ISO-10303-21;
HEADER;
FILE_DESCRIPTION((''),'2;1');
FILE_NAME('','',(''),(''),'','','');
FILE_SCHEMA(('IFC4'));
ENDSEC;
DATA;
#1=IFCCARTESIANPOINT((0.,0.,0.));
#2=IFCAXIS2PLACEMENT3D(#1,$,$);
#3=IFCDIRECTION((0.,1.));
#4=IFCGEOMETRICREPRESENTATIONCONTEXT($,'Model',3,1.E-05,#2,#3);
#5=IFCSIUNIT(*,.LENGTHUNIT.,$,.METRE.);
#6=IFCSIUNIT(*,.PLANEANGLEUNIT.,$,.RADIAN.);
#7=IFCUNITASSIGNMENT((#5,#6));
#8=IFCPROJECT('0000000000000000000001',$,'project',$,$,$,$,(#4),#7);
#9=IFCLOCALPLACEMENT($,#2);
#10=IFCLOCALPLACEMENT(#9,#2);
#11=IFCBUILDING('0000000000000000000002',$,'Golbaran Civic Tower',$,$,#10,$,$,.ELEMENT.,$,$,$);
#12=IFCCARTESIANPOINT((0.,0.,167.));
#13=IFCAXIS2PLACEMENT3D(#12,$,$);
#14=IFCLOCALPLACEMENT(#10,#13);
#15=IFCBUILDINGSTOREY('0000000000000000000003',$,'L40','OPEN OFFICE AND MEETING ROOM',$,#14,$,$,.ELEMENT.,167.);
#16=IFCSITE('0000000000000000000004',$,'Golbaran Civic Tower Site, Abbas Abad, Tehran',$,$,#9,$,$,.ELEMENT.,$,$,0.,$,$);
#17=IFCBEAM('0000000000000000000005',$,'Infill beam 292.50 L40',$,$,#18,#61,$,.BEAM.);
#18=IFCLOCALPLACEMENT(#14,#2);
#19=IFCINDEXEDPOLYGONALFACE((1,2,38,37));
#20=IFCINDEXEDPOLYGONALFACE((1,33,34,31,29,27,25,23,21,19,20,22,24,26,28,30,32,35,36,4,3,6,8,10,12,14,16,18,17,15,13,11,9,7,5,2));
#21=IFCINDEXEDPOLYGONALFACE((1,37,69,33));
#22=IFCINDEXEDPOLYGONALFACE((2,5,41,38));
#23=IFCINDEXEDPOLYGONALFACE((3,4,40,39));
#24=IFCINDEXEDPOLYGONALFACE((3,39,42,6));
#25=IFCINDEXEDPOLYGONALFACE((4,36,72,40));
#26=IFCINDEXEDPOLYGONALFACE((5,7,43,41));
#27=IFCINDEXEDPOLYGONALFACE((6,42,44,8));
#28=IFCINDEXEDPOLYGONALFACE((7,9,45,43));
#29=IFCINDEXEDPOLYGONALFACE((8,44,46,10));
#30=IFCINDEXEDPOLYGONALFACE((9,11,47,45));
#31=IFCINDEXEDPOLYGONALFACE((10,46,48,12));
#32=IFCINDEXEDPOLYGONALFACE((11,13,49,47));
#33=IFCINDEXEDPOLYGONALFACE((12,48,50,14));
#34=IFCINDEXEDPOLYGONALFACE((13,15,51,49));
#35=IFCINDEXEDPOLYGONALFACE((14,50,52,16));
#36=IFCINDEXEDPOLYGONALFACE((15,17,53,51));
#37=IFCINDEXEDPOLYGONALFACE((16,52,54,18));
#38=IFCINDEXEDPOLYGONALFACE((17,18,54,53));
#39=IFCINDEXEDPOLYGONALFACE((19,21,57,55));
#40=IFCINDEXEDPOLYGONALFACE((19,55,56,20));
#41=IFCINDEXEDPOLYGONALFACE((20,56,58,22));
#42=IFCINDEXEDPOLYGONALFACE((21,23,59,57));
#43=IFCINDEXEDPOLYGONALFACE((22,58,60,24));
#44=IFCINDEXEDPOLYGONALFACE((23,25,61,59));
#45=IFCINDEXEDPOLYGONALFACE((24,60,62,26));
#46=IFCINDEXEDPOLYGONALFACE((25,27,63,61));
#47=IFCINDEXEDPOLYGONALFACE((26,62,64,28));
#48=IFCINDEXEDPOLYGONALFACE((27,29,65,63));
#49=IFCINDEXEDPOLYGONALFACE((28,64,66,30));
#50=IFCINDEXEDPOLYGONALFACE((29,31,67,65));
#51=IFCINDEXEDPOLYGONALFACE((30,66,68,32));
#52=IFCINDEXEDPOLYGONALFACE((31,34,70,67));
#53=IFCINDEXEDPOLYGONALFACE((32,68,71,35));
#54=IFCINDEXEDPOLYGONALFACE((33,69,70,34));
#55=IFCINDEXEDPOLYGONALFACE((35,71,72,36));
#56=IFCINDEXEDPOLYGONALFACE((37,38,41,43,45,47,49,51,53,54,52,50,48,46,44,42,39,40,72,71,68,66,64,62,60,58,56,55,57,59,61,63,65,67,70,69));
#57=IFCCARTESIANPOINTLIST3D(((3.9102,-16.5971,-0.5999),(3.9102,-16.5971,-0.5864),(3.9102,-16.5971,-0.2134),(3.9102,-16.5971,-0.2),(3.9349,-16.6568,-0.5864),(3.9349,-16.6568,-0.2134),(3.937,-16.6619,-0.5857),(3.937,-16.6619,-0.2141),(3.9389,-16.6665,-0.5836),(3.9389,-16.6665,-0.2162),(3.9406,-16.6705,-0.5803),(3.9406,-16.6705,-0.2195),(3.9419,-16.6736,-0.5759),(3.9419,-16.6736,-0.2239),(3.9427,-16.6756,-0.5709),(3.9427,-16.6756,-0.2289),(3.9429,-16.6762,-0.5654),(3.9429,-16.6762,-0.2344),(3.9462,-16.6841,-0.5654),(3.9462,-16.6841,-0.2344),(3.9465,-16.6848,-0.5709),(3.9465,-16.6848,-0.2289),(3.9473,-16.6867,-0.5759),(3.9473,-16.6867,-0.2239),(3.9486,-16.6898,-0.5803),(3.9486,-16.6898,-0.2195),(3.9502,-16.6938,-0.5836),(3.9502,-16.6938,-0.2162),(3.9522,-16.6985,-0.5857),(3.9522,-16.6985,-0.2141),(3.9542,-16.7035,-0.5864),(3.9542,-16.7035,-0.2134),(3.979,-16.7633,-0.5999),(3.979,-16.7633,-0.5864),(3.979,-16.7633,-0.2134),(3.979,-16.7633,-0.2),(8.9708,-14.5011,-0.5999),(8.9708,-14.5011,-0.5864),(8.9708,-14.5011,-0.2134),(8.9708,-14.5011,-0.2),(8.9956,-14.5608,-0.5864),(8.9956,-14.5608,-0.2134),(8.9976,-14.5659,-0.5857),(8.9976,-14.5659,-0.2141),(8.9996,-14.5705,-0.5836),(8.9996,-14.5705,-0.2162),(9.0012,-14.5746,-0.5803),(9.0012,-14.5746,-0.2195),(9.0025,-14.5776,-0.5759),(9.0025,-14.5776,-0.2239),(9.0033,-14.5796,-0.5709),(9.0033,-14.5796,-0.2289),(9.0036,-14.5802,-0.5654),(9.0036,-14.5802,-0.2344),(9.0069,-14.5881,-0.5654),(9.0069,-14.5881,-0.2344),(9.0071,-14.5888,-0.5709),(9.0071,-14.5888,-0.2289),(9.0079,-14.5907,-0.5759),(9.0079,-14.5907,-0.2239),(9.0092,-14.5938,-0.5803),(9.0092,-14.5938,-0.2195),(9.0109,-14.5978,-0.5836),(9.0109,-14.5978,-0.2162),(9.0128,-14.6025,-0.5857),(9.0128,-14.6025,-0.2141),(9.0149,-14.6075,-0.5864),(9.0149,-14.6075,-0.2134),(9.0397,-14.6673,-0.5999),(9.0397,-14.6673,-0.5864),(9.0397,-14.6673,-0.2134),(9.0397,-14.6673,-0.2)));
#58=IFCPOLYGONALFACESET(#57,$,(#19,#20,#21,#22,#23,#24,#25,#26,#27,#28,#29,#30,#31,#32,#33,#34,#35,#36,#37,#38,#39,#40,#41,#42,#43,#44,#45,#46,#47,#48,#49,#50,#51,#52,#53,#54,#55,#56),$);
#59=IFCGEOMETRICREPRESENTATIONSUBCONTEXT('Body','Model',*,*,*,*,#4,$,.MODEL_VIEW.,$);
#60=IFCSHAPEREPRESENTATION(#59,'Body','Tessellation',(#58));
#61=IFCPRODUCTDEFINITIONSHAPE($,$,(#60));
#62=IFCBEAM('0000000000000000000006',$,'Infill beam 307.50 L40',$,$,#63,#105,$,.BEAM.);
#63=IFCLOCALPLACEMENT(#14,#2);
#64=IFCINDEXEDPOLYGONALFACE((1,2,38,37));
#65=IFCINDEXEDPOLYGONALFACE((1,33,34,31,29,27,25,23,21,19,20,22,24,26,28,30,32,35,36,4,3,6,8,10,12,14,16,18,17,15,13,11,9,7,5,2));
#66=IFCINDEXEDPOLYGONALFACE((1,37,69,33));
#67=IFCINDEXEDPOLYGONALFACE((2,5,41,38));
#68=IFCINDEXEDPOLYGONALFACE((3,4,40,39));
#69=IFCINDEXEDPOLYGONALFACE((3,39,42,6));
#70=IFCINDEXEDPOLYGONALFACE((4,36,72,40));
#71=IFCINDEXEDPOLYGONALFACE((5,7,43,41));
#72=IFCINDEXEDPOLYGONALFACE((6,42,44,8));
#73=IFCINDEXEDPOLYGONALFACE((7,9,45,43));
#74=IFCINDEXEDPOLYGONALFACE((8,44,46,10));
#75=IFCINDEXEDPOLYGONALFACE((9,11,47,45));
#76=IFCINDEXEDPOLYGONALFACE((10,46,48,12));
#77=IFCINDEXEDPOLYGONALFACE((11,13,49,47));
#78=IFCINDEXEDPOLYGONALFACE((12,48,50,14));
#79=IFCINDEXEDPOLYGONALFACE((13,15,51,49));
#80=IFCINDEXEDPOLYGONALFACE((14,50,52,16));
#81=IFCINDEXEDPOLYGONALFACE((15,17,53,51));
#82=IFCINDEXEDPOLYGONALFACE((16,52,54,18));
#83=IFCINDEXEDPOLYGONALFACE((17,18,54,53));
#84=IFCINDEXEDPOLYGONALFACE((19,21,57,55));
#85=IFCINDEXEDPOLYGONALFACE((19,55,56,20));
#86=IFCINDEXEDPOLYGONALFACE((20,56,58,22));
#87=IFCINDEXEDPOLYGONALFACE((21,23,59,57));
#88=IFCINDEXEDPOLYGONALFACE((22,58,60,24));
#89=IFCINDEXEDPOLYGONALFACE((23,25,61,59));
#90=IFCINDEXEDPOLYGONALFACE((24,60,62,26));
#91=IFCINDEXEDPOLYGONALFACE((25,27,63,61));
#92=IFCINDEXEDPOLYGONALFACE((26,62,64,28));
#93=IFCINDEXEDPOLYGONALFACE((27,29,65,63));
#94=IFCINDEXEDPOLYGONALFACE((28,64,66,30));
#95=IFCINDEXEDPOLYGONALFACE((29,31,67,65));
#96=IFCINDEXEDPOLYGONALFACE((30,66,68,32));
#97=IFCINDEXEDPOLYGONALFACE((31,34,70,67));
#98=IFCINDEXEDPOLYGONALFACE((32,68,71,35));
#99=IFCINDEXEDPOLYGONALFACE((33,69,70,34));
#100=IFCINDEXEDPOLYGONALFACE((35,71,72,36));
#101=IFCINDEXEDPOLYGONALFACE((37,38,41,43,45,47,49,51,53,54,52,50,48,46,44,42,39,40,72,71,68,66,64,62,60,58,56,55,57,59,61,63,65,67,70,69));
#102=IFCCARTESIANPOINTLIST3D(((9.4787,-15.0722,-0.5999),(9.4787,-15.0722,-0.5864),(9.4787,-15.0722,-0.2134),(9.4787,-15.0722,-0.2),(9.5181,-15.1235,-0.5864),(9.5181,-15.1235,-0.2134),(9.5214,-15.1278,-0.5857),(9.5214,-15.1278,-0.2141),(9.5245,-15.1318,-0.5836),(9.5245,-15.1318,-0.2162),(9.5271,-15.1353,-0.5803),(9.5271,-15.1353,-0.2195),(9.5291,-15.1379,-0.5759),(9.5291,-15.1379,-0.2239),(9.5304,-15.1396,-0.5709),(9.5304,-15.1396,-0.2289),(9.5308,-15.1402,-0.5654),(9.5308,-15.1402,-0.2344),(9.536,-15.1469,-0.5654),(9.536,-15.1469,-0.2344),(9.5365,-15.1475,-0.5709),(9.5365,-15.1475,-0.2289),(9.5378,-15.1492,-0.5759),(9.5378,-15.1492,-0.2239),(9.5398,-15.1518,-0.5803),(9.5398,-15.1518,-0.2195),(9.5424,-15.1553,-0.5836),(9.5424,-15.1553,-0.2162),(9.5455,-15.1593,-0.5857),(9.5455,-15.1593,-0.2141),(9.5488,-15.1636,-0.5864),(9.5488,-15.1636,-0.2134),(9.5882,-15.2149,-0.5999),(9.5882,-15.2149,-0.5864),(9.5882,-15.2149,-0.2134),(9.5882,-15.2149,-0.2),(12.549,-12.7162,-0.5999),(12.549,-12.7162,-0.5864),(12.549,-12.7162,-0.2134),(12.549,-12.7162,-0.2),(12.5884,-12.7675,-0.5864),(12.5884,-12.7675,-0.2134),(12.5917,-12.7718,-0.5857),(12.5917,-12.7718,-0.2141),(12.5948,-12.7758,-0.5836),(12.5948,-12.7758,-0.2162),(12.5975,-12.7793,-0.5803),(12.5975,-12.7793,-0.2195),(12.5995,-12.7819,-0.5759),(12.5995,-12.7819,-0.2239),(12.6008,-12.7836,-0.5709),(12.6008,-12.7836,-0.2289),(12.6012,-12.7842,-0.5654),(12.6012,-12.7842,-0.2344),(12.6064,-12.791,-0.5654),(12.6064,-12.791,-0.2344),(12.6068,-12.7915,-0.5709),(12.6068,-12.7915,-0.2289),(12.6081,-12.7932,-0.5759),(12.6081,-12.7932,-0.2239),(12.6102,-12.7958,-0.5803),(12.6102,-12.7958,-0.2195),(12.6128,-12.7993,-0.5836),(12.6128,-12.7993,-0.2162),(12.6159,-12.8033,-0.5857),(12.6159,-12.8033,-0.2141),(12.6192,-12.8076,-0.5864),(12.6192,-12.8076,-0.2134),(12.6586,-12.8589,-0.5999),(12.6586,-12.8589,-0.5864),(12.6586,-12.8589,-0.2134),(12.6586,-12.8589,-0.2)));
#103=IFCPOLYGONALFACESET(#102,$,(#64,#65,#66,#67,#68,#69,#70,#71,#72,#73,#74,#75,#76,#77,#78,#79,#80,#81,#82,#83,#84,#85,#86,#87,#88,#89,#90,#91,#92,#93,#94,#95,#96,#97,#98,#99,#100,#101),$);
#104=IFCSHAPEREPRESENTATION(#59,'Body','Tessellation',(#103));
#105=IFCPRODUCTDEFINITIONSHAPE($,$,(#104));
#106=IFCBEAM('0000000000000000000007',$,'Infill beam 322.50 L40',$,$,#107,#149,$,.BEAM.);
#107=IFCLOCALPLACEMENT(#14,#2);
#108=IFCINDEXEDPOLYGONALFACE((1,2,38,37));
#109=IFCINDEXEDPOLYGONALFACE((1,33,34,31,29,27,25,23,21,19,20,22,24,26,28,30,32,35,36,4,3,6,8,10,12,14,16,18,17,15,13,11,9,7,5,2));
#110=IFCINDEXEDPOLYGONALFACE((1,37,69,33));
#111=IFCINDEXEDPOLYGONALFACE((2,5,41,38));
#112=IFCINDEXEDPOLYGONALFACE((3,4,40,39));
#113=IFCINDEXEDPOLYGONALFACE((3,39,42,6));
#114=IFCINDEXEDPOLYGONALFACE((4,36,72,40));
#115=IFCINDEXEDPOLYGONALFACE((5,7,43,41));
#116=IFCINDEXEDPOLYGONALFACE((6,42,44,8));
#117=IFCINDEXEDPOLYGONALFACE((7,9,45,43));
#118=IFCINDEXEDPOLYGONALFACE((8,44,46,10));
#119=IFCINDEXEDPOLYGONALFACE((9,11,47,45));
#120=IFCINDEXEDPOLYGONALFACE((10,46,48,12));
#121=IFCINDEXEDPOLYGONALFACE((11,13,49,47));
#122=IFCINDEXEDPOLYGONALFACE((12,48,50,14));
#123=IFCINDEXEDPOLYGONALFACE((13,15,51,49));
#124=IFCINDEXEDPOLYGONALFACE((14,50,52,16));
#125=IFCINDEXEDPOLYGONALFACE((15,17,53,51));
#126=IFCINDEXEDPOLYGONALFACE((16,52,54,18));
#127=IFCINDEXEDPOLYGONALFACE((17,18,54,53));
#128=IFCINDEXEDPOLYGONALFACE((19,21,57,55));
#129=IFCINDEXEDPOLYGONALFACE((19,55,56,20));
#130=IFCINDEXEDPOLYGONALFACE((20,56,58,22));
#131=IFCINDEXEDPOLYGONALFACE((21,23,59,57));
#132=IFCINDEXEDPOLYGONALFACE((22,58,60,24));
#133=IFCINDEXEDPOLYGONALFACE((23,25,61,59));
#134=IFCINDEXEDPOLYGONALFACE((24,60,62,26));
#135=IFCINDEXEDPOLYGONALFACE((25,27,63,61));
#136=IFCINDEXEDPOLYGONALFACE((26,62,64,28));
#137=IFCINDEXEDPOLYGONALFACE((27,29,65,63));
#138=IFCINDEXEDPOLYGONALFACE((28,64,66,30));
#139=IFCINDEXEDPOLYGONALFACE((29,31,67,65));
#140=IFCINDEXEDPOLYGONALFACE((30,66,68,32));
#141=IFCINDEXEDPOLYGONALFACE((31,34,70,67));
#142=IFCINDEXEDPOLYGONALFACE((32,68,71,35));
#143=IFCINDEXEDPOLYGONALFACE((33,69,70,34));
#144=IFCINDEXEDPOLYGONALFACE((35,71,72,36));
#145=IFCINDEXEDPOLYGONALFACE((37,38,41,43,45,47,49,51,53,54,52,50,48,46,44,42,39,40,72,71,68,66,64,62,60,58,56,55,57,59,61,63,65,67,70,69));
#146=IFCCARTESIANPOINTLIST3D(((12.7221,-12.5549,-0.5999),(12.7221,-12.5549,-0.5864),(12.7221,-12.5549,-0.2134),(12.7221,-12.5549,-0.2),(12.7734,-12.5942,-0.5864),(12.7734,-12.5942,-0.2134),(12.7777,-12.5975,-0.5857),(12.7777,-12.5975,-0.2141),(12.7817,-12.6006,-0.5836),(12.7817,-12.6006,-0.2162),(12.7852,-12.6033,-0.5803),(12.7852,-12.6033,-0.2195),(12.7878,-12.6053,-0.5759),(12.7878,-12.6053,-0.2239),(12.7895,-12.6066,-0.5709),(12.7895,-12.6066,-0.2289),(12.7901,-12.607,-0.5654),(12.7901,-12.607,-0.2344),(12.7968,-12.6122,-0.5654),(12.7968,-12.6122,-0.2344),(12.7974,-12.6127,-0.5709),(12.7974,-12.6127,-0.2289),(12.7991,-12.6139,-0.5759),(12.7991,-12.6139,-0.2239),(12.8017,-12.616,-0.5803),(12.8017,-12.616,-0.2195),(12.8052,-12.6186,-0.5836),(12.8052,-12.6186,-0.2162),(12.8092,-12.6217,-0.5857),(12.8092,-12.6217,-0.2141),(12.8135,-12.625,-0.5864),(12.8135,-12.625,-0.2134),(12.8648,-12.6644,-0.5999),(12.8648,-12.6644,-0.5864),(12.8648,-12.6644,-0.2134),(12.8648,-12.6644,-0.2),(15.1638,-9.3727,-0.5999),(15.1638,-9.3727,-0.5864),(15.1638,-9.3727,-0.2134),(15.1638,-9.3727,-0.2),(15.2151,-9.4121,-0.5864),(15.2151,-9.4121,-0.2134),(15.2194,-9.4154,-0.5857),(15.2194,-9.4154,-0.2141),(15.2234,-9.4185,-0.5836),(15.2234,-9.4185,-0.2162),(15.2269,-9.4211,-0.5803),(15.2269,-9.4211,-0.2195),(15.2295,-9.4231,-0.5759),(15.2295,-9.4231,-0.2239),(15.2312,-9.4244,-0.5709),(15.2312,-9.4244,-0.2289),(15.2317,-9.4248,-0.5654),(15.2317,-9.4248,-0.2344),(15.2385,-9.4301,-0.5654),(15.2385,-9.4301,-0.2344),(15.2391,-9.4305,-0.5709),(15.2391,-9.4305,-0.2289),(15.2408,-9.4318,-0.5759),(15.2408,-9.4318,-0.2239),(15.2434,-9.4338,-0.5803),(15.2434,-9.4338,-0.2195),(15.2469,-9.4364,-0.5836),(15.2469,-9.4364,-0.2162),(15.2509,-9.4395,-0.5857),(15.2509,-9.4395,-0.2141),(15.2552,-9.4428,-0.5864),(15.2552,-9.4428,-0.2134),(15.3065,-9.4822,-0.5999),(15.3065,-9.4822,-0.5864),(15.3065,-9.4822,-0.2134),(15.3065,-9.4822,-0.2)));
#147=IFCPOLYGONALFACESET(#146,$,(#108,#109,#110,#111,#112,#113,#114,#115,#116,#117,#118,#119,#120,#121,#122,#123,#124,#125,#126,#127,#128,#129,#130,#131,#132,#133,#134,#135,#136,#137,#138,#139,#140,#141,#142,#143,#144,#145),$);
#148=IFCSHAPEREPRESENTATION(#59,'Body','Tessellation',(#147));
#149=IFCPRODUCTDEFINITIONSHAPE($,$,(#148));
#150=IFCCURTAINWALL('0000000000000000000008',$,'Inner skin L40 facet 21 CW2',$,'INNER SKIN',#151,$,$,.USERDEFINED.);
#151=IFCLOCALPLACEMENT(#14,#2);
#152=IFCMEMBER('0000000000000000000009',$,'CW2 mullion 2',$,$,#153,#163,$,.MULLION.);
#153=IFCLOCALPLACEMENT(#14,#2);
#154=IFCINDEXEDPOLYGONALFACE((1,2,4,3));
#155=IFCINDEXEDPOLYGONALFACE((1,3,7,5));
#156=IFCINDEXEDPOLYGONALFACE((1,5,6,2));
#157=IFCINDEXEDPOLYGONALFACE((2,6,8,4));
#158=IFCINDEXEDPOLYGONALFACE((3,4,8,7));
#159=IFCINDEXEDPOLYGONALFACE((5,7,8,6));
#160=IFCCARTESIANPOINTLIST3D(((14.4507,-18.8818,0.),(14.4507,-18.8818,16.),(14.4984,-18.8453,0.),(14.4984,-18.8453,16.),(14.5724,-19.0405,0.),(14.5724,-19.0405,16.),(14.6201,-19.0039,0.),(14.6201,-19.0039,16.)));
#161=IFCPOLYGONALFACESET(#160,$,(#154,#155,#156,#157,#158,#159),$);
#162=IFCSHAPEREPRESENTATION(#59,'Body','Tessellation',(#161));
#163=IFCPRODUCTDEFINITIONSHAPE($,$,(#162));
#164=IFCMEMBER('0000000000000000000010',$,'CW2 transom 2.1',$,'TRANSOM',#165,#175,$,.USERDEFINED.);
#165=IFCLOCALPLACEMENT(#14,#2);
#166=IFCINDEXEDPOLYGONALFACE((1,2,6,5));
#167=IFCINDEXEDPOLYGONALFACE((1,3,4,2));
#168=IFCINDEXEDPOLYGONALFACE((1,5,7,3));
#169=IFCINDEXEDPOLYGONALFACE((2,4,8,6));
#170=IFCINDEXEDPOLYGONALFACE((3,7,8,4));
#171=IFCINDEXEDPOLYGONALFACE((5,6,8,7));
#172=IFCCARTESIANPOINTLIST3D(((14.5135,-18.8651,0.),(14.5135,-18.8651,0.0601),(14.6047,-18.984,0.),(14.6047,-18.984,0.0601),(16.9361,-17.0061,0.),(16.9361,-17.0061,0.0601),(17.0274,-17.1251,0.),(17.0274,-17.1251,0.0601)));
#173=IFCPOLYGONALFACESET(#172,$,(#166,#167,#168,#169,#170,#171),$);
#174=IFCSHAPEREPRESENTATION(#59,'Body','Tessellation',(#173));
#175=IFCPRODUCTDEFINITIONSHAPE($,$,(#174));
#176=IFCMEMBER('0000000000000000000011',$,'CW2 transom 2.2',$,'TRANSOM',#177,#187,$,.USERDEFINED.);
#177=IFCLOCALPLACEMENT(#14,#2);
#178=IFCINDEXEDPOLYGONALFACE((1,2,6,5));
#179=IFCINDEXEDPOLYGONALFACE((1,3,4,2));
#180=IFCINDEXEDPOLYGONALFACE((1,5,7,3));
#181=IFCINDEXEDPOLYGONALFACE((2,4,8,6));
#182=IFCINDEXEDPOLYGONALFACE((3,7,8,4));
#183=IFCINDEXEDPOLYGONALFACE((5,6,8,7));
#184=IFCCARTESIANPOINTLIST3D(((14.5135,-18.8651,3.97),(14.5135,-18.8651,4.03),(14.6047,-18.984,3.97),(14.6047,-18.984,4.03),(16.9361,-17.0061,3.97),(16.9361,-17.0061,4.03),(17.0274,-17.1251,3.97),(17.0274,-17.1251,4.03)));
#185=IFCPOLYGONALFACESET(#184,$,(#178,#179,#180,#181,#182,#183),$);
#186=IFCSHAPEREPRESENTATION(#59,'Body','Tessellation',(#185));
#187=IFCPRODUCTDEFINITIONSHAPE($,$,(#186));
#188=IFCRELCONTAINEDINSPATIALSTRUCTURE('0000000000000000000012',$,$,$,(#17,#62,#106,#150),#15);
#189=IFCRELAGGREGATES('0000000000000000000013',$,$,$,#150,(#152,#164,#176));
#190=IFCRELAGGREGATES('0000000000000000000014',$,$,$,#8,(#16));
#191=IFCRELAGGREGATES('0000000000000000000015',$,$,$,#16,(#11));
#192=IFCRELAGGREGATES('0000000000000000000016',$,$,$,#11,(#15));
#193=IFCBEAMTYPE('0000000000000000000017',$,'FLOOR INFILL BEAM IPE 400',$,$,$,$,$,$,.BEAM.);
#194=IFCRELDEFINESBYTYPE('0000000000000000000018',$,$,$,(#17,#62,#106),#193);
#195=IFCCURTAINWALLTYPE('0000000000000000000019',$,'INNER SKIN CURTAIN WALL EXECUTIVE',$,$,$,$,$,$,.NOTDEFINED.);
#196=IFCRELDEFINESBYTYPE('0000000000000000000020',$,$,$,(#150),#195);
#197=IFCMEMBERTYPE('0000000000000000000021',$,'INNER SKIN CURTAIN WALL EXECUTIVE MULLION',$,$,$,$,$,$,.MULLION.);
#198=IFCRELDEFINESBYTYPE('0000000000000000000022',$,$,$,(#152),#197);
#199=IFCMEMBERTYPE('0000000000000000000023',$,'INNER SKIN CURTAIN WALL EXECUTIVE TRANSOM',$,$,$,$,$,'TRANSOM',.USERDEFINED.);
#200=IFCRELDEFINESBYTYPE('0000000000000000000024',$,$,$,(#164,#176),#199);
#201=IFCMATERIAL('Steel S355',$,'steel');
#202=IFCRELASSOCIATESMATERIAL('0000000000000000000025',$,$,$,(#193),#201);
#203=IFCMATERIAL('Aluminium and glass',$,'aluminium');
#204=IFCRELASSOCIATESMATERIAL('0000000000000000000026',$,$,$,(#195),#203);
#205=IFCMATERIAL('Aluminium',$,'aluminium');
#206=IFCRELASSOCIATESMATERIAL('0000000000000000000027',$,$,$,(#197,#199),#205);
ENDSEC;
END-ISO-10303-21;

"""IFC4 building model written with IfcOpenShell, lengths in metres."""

from ifc_helpers import new_model, si_unit, direction, frame, origin, origin_2d, place, context, subcontext, project, spatial, rectangle, i_section, extrude, material, material_profile, profile_set, type_object, element, aggregate, save


model = new_model("IFC4")

# Units and contexts
model_context = context("Model", 3, precision=1e-05, world=origin(), true_north=direction((0.0, 1.0)))
body_context = subcontext(model_context, "Body", "Model", "MODEL_VIEW")
ifc_project = project(units=[si_unit("LENGTHUNIT", "METRE"), si_unit("PLANEANGLEUNIT", "RADIAN")], contexts=[model_context])

# Site, building, storey
site_placement = place(None, origin())
site = spatial("IfcSite", under=ifc_project, at=site_placement, Name="Golbaran Civic Tower Site, Abbas Abad, Tehran", CompositionType="ELEMENT", RefElevation=0.0)
building_placement = place(site_placement, origin())
building = spatial("IfcBuilding", under=site, at=building_placement, Name="Golbaran Civic Tower", CompositionType="ELEMENT")
storey_placement = place(building_placement, frame((0.0, 0.0, 167.0)))
storey = spatial("IfcBuildingStorey", under=building, at=storey_placement, Name="L40", Description="OPEN OFFICE AND MEETING ROOM", CompositionType="ELEMENT", Elevation=167.0)

# Beams
ifc_material_1 = material(Name="Steel S355", Category="steel")
ifc_material_profile_1 = material_profile(ifc_material_1, i_section(OverallWidth=0.1799, OverallDepth=0.3999, WebThickness=0.0085, FlangeThickness=0.0134, FilletRadius=0.021, at=origin_2d()), Name="IPE 400")
ifc_profile_set_1 = profile_set([ifc_material_profile_1], Name="Steel S355")
beam_type = type_object("IfcBeamType", Name="FLOOR INFILL BEAM IPE 400", PredefinedType="BEAM", material=ifc_profile_set_1)
beam_1_placement = place(storey_placement, frame((3.9446, -16.6802, -0.3999), z_axis=(0.923892, 0.382652, 0.0), x_axis=(-0.382652, 0.923892, 0.0)))
element("IfcBeam", 1, at=beam_1_placement, inside=storey, type_object=beam_type, Name="Infill beam 292.50 L40", PredefinedType="BEAM", context=body_context, shape_type="SweptSolid", body=[
    extrude(i_section(OverallWidth=0.1799, OverallDepth=0.3999, WebThickness=0.0085, FlangeThickness=0.0134, FilletRadius=0.021, at=origin_2d()), origin(), (0.0, 0.0, 1.0), 5.4775),
])
beam_2_placement = place(storey_placement, frame((9.5334, -15.1436, -0.3999), z_axis=(0.79335, 0.608765, 0.0), x_axis=(-0.608765, 0.79335, 0.0)))
element("IfcBeam", 2, at=beam_2_placement, inside=storey, type_object=beam_type, Name="Infill beam 307.50 L40", PredefinedType="BEAM", context=body_context, shape_type="SweptSolid", body=[
    extrude(i_section(OverallWidth=0.1799, OverallDepth=0.3999, WebThickness=0.0085, FlangeThickness=0.0134, FilletRadius=0.021, at=origin_2d()), origin(), (0.0, 0.0, 1.0), 3.8701),
])
beam_3_placement = place(storey_placement, frame((12.7935, -12.6096, -0.3999), z_axis=(0.608748, 0.793363, 0.0), x_axis=(-0.793363, 0.608748, 0.0)))
element("IfcBeam", 3, at=beam_3_placement, inside=storey, type_object=beam_type, Name="Infill beam 322.50 L40", PredefinedType="BEAM", context=body_context, shape_type="SweptSolid", body=[
    extrude(i_section(OverallWidth=0.1799, OverallDepth=0.3999, WebThickness=0.0085, FlangeThickness=0.0134, FilletRadius=0.021, at=origin_2d()), origin(), (0.0, 0.0, 1.0), 4.011),
])

# Curtain wall, members
ifc_material_2 = material(Name="Aluminium and glass", Category="aluminium")
curtain_wall_type = type_object("IfcCurtainWallType", Name="INNER SKIN CURTAIN WALL EXECUTIVE", PredefinedType="NOTDEFINED", material=ifc_material_2)
curtain_wall_placement = place(storey_placement, origin())
curtain_wall = element("IfcCurtainWall", 4, at=curtain_wall_placement, inside=storey, type_object=curtain_wall_type, Name="Inner skin L40 facet 21 CW2", ObjectType="INNER SKIN", PredefinedType="USERDEFINED")
ifc_material_3 = material(Name="Aluminium", Category="aluminium")
ifc_material_profile_2 = material_profile(ifc_material_3, rectangle(XDim=0.2, YDim=0.0601, at=origin_2d()), Name="INNER SKIN CURTAIN WALL EXECUTIVE MULLION")
ifc_profile_set_2 = profile_set([ifc_material_profile_2], Name="Aluminium")
member_type_1 = type_object("IfcMemberType", Name="INNER SKIN CURTAIN WALL EXECUTIVE MULLION", PredefinedType="MULLION", material=ifc_profile_set_2)
member_1_placement = place(storey_placement, frame((14.5354, -18.9429, 0.0), z_axis=(0.0, 0.0, 1.0), x_axis=(-0.608761, 0.793353, 0.0)))
member_1 = element("IfcMember", 5, at=member_1_placement, type_object=member_type_1, Name="CW2 mullion 2", PredefinedType="MULLION", context=body_context, shape_type="SweptSolid", body=[
    extrude(rectangle(XDim=0.2, YDim=0.0601, at=origin_2d()), origin(), (0.0, 0.0, 1.0), 16.0),
])
ifc_material_profile_3 = material_profile(ifc_material_3, rectangle(XDim=0.1499, YDim=0.0601, at=origin_2d()), Name="INNER SKIN CURTAIN WALL EXECUTIVE TRANSOM")
ifc_profile_set_3 = profile_set([ifc_material_profile_3], Name="Aluminium")
member_type_2 = type_object("IfcMemberType", Name="INNER SKIN CURTAIN WALL EXECUTIVE TRANSOM", ElementType="TRANSOM", PredefinedType="USERDEFINED", material=ifc_profile_set_3)
member_2_placement = place(storey_placement, frame((14.5591, -18.9246, 0.03), z_axis=(0.793361, 0.608752, 0.0), x_axis=(-0.608752, 0.793361, 0.0)))
member_2 = element("IfcMember", 6, at=member_2_placement, type_object=member_type_2, Name="CW2 transom 2.1", ObjectType="TRANSOM", PredefinedType="USERDEFINED", context=body_context, shape_type="SweptSolid", body=[
    extrude(rectangle(XDim=0.1499, YDim=0.0601, at=origin_2d()), origin(), (0.0, 0.0, 1.0), 3.0537),
])
member_3_placement = place(storey_placement, frame((14.5591, -18.9246, 4.0), z_axis=(0.793361, 0.608752, 0.0), x_axis=(-0.608752, 0.793361, 0.0)))
member_3 = element("IfcMember", 7, at=member_3_placement, type_object=member_type_2, Name="CW2 transom 2.2", ObjectType="TRANSOM", PredefinedType="USERDEFINED", context=body_context, shape_type="SweptSolid", body=[
    extrude(rectangle(XDim=0.1499, YDim=0.0601, at=origin_2d()), origin(), (0.0, 0.0, 1.0), 3.0537),
])
aggregate(curtain_wall, [member_1, member_2, member_3])

save(model, "model.ifc")
